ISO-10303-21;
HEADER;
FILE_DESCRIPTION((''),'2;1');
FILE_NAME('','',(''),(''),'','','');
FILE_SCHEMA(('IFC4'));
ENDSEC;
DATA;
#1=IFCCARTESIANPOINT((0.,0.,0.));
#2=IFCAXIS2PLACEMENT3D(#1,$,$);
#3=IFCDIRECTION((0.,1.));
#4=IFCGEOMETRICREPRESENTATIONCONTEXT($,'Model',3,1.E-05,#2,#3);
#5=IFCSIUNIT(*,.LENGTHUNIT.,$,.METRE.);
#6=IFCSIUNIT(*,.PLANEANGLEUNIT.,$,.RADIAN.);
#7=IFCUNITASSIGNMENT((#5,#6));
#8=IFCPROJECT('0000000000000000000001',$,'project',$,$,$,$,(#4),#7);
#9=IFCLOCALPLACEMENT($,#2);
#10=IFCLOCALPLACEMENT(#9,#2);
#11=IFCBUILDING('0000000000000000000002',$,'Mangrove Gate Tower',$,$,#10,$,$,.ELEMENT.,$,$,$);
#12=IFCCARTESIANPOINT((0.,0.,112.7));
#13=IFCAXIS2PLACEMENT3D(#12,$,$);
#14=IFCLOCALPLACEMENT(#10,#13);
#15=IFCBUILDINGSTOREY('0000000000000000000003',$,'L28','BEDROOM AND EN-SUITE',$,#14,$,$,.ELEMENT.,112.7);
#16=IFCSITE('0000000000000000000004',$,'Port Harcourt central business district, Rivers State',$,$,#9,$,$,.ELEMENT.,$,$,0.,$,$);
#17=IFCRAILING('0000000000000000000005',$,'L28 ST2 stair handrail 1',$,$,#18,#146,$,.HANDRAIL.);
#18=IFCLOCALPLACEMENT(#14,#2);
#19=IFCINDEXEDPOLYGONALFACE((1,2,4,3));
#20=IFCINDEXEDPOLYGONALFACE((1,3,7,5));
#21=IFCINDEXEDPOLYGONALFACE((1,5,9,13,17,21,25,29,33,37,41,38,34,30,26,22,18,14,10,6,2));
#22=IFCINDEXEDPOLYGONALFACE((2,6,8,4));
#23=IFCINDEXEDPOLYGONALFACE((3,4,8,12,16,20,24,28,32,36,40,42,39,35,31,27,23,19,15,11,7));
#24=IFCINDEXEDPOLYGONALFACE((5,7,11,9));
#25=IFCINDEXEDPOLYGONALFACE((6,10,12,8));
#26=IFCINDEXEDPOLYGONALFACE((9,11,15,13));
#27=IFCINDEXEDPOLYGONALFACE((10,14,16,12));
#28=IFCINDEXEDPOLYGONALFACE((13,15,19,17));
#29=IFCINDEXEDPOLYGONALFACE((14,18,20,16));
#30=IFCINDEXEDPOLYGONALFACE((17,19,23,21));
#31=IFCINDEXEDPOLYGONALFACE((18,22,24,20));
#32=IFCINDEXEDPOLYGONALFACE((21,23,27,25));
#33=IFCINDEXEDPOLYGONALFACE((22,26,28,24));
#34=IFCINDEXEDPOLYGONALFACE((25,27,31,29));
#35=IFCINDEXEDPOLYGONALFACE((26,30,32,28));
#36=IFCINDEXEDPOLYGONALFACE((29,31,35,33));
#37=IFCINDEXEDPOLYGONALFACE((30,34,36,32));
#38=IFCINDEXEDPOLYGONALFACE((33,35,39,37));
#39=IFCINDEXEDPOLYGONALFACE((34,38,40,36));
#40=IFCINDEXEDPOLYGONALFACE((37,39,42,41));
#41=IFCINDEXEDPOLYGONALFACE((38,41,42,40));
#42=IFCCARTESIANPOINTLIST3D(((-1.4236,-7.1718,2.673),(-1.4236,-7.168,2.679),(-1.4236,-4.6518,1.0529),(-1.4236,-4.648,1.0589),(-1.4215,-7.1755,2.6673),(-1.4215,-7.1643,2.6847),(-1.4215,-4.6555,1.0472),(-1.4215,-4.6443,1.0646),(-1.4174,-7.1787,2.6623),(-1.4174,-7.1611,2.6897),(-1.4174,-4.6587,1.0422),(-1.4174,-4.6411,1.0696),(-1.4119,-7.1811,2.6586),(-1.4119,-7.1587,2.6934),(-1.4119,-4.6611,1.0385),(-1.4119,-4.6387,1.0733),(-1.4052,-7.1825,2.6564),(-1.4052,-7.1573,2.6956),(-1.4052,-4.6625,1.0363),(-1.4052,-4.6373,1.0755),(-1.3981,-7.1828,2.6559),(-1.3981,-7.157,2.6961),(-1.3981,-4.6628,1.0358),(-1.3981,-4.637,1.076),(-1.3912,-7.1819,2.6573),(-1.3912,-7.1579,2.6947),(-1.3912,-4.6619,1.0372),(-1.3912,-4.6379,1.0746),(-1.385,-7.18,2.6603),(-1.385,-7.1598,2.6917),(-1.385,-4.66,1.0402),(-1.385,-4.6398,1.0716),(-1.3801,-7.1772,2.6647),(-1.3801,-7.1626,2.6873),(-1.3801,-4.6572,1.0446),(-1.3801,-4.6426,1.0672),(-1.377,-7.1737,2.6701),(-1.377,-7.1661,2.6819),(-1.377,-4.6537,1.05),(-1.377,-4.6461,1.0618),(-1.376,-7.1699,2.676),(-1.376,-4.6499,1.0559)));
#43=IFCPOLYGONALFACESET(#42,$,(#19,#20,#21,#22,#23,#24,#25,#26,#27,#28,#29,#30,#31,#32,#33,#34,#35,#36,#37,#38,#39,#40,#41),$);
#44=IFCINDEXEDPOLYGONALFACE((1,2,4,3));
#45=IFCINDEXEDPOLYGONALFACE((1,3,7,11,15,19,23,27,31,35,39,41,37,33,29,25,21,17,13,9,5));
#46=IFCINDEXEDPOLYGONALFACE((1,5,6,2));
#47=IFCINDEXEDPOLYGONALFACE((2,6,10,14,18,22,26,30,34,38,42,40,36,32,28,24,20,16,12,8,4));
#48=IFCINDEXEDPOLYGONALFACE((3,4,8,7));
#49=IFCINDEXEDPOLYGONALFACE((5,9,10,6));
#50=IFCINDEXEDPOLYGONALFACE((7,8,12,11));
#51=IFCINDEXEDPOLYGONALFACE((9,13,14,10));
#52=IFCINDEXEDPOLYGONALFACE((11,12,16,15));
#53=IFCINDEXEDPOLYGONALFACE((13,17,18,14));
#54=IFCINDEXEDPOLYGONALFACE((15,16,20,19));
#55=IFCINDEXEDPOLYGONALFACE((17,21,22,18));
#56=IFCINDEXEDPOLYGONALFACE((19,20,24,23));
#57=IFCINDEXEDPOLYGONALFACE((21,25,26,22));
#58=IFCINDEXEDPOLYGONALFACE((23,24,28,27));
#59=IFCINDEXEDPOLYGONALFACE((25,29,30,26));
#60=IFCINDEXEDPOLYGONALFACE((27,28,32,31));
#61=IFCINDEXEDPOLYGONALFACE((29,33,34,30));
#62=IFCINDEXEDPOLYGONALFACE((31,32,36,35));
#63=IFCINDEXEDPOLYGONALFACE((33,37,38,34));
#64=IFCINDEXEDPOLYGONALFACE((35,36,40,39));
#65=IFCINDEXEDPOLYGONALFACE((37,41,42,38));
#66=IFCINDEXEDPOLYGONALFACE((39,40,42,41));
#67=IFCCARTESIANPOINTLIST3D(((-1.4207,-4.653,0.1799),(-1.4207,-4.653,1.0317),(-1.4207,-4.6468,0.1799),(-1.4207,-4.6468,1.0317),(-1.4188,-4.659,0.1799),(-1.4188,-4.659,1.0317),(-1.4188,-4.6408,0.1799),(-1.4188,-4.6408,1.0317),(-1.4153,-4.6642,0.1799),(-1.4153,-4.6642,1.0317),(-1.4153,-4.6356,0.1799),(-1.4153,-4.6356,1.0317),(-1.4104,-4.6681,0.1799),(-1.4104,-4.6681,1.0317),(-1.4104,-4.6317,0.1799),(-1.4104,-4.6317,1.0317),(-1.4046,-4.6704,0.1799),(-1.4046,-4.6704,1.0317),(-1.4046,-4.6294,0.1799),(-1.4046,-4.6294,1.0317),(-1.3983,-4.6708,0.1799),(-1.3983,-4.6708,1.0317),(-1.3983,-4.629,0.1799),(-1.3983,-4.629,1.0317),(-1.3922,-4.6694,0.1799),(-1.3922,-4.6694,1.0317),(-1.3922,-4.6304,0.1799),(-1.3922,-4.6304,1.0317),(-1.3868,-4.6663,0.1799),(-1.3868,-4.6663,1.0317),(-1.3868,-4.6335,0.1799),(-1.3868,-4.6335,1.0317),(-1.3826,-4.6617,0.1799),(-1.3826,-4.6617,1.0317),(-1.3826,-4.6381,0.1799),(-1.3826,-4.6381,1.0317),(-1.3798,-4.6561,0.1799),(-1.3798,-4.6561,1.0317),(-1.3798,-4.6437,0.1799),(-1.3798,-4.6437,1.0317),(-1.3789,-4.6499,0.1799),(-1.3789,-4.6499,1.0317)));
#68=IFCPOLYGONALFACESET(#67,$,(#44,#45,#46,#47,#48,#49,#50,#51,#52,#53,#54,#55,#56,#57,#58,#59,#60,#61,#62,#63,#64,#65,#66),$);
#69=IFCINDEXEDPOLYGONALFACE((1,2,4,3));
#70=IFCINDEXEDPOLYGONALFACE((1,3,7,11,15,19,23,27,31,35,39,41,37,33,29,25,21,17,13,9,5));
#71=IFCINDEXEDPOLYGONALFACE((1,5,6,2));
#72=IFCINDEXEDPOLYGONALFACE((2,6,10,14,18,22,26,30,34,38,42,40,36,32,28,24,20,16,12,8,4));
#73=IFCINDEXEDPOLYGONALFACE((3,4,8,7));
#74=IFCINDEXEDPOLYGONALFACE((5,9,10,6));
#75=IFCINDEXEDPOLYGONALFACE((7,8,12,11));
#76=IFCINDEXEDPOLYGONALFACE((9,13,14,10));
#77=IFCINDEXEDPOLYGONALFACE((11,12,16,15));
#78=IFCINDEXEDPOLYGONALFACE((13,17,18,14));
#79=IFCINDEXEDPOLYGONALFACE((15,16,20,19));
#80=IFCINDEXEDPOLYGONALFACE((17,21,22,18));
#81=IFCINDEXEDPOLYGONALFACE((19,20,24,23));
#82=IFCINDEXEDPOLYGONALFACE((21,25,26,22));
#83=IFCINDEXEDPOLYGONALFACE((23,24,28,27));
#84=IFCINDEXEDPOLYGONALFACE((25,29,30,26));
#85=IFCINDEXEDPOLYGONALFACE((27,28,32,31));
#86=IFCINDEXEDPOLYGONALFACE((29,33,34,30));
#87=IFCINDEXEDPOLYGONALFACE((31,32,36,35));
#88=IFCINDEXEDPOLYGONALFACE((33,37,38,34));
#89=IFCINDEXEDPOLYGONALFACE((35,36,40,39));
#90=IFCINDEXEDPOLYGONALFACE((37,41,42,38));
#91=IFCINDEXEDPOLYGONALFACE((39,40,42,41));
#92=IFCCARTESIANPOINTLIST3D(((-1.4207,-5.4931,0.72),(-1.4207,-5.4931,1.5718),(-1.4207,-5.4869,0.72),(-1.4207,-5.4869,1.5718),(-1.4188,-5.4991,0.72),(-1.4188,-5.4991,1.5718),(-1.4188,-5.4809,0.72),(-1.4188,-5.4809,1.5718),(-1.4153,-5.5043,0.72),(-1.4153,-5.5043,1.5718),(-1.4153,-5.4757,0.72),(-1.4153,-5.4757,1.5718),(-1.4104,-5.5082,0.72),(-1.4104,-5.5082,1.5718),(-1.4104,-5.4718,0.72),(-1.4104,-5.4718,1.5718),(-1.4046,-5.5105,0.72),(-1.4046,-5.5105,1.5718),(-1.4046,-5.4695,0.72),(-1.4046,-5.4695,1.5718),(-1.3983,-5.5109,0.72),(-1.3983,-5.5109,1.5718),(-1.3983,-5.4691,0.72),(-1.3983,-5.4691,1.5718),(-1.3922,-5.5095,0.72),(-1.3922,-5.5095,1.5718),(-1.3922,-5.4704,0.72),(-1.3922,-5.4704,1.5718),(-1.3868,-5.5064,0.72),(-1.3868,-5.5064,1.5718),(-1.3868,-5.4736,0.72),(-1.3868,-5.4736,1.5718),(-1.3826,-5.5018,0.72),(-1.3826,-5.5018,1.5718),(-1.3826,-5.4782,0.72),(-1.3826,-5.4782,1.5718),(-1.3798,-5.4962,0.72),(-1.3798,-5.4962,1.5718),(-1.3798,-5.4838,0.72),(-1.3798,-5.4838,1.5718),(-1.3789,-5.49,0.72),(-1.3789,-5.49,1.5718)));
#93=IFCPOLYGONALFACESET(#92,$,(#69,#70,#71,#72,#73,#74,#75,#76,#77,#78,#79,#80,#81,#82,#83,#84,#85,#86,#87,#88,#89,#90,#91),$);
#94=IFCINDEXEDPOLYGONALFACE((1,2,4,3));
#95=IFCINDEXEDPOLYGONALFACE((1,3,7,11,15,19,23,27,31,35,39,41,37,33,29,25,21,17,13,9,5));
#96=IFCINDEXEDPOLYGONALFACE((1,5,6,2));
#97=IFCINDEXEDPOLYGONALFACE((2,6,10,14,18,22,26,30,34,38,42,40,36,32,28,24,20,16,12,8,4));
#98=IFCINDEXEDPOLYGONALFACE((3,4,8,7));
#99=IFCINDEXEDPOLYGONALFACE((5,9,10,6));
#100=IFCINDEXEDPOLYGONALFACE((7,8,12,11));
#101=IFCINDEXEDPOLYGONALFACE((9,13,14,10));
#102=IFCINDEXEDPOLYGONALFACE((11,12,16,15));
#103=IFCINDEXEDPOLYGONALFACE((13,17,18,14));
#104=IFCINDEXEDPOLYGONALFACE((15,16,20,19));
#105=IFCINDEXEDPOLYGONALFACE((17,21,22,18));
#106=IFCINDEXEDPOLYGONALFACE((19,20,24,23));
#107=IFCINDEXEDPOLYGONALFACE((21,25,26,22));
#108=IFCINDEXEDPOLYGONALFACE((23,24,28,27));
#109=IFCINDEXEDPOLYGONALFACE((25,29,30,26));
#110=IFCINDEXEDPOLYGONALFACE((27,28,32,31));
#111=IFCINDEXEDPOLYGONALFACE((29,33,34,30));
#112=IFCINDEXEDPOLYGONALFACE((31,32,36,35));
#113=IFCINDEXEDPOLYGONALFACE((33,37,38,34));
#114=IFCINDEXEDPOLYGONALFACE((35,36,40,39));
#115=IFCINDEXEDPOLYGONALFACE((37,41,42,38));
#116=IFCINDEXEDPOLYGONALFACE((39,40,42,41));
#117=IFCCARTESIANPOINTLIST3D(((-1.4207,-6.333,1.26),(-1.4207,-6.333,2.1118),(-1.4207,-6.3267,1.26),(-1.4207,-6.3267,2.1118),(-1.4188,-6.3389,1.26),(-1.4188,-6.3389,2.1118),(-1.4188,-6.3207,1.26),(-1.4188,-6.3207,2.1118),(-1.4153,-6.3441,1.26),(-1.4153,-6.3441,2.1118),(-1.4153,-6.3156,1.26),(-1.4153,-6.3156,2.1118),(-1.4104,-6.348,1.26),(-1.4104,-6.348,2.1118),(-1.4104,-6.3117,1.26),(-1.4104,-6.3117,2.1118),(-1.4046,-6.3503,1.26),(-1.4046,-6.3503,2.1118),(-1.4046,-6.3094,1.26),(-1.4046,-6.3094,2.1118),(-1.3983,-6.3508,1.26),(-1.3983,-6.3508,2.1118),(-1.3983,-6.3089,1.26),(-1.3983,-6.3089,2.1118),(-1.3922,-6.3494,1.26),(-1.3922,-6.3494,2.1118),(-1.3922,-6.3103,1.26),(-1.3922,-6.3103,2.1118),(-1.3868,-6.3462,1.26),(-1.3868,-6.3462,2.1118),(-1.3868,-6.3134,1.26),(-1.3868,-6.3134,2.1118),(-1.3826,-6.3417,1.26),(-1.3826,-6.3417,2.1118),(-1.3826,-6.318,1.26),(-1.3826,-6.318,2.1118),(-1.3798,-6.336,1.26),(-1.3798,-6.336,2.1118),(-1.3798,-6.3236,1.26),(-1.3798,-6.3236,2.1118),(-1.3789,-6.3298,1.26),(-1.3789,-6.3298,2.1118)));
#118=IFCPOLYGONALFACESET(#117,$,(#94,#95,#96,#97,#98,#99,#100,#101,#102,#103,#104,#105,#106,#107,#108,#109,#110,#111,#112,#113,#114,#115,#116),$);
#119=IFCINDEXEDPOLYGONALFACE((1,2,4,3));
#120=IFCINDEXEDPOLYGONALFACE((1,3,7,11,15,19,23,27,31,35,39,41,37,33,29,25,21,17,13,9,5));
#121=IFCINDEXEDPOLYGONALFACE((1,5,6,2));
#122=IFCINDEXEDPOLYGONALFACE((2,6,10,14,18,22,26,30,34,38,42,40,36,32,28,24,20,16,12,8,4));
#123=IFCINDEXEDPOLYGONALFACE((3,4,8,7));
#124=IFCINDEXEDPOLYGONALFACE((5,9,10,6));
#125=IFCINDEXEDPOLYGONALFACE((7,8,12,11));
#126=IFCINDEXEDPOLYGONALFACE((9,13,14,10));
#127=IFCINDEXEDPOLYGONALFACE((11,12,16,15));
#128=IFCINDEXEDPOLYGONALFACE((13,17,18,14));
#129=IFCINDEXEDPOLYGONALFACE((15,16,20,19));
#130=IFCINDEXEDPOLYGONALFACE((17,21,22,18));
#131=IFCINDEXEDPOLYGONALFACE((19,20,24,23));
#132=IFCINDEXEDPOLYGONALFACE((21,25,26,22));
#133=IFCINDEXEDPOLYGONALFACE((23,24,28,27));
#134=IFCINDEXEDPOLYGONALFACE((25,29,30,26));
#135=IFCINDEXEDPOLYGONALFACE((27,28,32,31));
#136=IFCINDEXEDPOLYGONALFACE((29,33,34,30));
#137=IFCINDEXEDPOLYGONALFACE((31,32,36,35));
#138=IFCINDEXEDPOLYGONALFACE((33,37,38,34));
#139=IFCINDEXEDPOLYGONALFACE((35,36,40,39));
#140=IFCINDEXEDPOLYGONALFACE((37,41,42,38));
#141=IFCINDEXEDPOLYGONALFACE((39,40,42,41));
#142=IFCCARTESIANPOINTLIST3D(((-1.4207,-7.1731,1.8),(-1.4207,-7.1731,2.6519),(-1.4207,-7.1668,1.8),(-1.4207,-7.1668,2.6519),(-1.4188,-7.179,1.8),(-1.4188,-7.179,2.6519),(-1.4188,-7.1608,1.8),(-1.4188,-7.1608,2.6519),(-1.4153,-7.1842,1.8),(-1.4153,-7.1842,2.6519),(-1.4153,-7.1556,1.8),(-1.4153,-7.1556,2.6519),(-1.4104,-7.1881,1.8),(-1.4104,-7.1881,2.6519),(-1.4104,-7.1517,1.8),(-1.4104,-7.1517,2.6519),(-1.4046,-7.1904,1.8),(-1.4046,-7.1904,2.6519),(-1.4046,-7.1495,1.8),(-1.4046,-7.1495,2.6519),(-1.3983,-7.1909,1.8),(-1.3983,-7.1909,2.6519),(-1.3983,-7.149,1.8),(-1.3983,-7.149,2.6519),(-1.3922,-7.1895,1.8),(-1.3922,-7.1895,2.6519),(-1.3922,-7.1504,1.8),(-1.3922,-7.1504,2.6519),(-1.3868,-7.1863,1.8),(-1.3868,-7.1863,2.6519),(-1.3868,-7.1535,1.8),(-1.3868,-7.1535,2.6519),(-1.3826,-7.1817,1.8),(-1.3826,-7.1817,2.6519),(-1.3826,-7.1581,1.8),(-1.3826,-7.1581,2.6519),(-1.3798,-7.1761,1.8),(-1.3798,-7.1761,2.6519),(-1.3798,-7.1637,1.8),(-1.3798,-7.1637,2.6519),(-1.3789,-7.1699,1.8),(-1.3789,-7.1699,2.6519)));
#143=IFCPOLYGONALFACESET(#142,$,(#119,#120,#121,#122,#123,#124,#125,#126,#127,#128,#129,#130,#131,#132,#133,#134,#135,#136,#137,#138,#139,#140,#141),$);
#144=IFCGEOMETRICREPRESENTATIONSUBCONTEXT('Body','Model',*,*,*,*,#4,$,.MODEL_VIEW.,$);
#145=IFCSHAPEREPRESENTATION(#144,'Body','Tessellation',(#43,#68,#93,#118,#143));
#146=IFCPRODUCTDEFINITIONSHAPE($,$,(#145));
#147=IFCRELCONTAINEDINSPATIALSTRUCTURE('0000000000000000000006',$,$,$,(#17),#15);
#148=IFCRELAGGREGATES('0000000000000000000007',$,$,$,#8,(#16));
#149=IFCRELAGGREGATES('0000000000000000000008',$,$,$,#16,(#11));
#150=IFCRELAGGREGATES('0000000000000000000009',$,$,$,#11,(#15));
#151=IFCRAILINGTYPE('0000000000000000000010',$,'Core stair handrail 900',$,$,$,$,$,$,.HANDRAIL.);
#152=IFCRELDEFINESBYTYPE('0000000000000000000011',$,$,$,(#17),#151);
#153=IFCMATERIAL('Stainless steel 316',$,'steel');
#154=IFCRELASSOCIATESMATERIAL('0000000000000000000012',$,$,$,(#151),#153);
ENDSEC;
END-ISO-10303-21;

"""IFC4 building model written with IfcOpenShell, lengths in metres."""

from ifc_helpers import new_model, si_unit, direction, frame, origin, origin_2d, place, context, subcontext, project, spatial, circle, extrude, material, type_object, element, save


model = new_model("IFC4")

# Units and contexts
model_context = context("Model", 3, precision=1e-05, world=origin(), true_north=direction((0.0, 1.0)))
body_context = subcontext(model_context, "Body", "Model", "MODEL_VIEW")
ifc_project = project(units=[si_unit("LENGTHUNIT", "METRE"), si_unit("PLANEANGLEUNIT", "RADIAN")], contexts=[model_context])

# Site, building, storey
site_placement = place(None, origin())
site = spatial("IfcSite", under=ifc_project, at=site_placement, Name="Port Harcourt central business district, Rivers State", CompositionType="ELEMENT", RefElevation=0.0)
building_placement = place(site_placement, origin())
building = spatial("IfcBuilding", under=site, at=building_placement, Name="Mangrove Gate Tower", CompositionType="ELEMENT")
storey_placement = place(building_placement, frame((0.0, 0.0, 112.7)))
storey = spatial("IfcBuildingStorey", under=building, at=storey_placement, Name="L28", Description="BEDROOM AND EN-SUITE", CompositionType="ELEMENT", Elevation=112.7)

# Railing
ifc_material_1 = material(Name="Stainless steel 316", Category="steel")
railing_type_1 = type_object("IfcRailingType", Name="Core stair handrail 900", PredefinedType="HANDRAIL", material=ifc_material_1)
railing_1_placement = place(storey_placement, frame((-1.3999, -4.6499, 0.1799)))
element("IfcRailing", 1, at=railing_1_placement, inside=storey, type_object=railing_type_1, Name="L28 ST2 stair handrail 1", PredefinedType="HANDRAIL", context=body_context, shape_type="SweptSolid", body=[
    extrude(circle(Radius=0.0239, at=origin_2d()), frame((0.0, 0.0, 0.876), z_axis=(0.0, -0.841163, 0.540782), x_axis=(1.0, 0.0, 0.0)), (0.0, 0.0, 1.0), 2.9958),
    extrude(circle(Radius=0.021, at=origin_2d()), origin(), (0.0, 0.0, 1.0), 0.8518),
    extrude(circle(Radius=0.021, at=origin_2d()), frame((0.0, -0.8401, 0.54)), (0.0, 0.0, 1.0), 0.8518),
    extrude(circle(Radius=0.021, at=origin_2d()), frame((0.0, -1.6799, 1.0801)), (0.0, 0.0, 1.0), 0.8518),
    extrude(circle(Radius=0.021, at=origin_2d()), frame((0.0, -2.52, 1.6201)), (0.0, 0.0, 1.0), 0.8518),
])

save(model, "model.ifc")
